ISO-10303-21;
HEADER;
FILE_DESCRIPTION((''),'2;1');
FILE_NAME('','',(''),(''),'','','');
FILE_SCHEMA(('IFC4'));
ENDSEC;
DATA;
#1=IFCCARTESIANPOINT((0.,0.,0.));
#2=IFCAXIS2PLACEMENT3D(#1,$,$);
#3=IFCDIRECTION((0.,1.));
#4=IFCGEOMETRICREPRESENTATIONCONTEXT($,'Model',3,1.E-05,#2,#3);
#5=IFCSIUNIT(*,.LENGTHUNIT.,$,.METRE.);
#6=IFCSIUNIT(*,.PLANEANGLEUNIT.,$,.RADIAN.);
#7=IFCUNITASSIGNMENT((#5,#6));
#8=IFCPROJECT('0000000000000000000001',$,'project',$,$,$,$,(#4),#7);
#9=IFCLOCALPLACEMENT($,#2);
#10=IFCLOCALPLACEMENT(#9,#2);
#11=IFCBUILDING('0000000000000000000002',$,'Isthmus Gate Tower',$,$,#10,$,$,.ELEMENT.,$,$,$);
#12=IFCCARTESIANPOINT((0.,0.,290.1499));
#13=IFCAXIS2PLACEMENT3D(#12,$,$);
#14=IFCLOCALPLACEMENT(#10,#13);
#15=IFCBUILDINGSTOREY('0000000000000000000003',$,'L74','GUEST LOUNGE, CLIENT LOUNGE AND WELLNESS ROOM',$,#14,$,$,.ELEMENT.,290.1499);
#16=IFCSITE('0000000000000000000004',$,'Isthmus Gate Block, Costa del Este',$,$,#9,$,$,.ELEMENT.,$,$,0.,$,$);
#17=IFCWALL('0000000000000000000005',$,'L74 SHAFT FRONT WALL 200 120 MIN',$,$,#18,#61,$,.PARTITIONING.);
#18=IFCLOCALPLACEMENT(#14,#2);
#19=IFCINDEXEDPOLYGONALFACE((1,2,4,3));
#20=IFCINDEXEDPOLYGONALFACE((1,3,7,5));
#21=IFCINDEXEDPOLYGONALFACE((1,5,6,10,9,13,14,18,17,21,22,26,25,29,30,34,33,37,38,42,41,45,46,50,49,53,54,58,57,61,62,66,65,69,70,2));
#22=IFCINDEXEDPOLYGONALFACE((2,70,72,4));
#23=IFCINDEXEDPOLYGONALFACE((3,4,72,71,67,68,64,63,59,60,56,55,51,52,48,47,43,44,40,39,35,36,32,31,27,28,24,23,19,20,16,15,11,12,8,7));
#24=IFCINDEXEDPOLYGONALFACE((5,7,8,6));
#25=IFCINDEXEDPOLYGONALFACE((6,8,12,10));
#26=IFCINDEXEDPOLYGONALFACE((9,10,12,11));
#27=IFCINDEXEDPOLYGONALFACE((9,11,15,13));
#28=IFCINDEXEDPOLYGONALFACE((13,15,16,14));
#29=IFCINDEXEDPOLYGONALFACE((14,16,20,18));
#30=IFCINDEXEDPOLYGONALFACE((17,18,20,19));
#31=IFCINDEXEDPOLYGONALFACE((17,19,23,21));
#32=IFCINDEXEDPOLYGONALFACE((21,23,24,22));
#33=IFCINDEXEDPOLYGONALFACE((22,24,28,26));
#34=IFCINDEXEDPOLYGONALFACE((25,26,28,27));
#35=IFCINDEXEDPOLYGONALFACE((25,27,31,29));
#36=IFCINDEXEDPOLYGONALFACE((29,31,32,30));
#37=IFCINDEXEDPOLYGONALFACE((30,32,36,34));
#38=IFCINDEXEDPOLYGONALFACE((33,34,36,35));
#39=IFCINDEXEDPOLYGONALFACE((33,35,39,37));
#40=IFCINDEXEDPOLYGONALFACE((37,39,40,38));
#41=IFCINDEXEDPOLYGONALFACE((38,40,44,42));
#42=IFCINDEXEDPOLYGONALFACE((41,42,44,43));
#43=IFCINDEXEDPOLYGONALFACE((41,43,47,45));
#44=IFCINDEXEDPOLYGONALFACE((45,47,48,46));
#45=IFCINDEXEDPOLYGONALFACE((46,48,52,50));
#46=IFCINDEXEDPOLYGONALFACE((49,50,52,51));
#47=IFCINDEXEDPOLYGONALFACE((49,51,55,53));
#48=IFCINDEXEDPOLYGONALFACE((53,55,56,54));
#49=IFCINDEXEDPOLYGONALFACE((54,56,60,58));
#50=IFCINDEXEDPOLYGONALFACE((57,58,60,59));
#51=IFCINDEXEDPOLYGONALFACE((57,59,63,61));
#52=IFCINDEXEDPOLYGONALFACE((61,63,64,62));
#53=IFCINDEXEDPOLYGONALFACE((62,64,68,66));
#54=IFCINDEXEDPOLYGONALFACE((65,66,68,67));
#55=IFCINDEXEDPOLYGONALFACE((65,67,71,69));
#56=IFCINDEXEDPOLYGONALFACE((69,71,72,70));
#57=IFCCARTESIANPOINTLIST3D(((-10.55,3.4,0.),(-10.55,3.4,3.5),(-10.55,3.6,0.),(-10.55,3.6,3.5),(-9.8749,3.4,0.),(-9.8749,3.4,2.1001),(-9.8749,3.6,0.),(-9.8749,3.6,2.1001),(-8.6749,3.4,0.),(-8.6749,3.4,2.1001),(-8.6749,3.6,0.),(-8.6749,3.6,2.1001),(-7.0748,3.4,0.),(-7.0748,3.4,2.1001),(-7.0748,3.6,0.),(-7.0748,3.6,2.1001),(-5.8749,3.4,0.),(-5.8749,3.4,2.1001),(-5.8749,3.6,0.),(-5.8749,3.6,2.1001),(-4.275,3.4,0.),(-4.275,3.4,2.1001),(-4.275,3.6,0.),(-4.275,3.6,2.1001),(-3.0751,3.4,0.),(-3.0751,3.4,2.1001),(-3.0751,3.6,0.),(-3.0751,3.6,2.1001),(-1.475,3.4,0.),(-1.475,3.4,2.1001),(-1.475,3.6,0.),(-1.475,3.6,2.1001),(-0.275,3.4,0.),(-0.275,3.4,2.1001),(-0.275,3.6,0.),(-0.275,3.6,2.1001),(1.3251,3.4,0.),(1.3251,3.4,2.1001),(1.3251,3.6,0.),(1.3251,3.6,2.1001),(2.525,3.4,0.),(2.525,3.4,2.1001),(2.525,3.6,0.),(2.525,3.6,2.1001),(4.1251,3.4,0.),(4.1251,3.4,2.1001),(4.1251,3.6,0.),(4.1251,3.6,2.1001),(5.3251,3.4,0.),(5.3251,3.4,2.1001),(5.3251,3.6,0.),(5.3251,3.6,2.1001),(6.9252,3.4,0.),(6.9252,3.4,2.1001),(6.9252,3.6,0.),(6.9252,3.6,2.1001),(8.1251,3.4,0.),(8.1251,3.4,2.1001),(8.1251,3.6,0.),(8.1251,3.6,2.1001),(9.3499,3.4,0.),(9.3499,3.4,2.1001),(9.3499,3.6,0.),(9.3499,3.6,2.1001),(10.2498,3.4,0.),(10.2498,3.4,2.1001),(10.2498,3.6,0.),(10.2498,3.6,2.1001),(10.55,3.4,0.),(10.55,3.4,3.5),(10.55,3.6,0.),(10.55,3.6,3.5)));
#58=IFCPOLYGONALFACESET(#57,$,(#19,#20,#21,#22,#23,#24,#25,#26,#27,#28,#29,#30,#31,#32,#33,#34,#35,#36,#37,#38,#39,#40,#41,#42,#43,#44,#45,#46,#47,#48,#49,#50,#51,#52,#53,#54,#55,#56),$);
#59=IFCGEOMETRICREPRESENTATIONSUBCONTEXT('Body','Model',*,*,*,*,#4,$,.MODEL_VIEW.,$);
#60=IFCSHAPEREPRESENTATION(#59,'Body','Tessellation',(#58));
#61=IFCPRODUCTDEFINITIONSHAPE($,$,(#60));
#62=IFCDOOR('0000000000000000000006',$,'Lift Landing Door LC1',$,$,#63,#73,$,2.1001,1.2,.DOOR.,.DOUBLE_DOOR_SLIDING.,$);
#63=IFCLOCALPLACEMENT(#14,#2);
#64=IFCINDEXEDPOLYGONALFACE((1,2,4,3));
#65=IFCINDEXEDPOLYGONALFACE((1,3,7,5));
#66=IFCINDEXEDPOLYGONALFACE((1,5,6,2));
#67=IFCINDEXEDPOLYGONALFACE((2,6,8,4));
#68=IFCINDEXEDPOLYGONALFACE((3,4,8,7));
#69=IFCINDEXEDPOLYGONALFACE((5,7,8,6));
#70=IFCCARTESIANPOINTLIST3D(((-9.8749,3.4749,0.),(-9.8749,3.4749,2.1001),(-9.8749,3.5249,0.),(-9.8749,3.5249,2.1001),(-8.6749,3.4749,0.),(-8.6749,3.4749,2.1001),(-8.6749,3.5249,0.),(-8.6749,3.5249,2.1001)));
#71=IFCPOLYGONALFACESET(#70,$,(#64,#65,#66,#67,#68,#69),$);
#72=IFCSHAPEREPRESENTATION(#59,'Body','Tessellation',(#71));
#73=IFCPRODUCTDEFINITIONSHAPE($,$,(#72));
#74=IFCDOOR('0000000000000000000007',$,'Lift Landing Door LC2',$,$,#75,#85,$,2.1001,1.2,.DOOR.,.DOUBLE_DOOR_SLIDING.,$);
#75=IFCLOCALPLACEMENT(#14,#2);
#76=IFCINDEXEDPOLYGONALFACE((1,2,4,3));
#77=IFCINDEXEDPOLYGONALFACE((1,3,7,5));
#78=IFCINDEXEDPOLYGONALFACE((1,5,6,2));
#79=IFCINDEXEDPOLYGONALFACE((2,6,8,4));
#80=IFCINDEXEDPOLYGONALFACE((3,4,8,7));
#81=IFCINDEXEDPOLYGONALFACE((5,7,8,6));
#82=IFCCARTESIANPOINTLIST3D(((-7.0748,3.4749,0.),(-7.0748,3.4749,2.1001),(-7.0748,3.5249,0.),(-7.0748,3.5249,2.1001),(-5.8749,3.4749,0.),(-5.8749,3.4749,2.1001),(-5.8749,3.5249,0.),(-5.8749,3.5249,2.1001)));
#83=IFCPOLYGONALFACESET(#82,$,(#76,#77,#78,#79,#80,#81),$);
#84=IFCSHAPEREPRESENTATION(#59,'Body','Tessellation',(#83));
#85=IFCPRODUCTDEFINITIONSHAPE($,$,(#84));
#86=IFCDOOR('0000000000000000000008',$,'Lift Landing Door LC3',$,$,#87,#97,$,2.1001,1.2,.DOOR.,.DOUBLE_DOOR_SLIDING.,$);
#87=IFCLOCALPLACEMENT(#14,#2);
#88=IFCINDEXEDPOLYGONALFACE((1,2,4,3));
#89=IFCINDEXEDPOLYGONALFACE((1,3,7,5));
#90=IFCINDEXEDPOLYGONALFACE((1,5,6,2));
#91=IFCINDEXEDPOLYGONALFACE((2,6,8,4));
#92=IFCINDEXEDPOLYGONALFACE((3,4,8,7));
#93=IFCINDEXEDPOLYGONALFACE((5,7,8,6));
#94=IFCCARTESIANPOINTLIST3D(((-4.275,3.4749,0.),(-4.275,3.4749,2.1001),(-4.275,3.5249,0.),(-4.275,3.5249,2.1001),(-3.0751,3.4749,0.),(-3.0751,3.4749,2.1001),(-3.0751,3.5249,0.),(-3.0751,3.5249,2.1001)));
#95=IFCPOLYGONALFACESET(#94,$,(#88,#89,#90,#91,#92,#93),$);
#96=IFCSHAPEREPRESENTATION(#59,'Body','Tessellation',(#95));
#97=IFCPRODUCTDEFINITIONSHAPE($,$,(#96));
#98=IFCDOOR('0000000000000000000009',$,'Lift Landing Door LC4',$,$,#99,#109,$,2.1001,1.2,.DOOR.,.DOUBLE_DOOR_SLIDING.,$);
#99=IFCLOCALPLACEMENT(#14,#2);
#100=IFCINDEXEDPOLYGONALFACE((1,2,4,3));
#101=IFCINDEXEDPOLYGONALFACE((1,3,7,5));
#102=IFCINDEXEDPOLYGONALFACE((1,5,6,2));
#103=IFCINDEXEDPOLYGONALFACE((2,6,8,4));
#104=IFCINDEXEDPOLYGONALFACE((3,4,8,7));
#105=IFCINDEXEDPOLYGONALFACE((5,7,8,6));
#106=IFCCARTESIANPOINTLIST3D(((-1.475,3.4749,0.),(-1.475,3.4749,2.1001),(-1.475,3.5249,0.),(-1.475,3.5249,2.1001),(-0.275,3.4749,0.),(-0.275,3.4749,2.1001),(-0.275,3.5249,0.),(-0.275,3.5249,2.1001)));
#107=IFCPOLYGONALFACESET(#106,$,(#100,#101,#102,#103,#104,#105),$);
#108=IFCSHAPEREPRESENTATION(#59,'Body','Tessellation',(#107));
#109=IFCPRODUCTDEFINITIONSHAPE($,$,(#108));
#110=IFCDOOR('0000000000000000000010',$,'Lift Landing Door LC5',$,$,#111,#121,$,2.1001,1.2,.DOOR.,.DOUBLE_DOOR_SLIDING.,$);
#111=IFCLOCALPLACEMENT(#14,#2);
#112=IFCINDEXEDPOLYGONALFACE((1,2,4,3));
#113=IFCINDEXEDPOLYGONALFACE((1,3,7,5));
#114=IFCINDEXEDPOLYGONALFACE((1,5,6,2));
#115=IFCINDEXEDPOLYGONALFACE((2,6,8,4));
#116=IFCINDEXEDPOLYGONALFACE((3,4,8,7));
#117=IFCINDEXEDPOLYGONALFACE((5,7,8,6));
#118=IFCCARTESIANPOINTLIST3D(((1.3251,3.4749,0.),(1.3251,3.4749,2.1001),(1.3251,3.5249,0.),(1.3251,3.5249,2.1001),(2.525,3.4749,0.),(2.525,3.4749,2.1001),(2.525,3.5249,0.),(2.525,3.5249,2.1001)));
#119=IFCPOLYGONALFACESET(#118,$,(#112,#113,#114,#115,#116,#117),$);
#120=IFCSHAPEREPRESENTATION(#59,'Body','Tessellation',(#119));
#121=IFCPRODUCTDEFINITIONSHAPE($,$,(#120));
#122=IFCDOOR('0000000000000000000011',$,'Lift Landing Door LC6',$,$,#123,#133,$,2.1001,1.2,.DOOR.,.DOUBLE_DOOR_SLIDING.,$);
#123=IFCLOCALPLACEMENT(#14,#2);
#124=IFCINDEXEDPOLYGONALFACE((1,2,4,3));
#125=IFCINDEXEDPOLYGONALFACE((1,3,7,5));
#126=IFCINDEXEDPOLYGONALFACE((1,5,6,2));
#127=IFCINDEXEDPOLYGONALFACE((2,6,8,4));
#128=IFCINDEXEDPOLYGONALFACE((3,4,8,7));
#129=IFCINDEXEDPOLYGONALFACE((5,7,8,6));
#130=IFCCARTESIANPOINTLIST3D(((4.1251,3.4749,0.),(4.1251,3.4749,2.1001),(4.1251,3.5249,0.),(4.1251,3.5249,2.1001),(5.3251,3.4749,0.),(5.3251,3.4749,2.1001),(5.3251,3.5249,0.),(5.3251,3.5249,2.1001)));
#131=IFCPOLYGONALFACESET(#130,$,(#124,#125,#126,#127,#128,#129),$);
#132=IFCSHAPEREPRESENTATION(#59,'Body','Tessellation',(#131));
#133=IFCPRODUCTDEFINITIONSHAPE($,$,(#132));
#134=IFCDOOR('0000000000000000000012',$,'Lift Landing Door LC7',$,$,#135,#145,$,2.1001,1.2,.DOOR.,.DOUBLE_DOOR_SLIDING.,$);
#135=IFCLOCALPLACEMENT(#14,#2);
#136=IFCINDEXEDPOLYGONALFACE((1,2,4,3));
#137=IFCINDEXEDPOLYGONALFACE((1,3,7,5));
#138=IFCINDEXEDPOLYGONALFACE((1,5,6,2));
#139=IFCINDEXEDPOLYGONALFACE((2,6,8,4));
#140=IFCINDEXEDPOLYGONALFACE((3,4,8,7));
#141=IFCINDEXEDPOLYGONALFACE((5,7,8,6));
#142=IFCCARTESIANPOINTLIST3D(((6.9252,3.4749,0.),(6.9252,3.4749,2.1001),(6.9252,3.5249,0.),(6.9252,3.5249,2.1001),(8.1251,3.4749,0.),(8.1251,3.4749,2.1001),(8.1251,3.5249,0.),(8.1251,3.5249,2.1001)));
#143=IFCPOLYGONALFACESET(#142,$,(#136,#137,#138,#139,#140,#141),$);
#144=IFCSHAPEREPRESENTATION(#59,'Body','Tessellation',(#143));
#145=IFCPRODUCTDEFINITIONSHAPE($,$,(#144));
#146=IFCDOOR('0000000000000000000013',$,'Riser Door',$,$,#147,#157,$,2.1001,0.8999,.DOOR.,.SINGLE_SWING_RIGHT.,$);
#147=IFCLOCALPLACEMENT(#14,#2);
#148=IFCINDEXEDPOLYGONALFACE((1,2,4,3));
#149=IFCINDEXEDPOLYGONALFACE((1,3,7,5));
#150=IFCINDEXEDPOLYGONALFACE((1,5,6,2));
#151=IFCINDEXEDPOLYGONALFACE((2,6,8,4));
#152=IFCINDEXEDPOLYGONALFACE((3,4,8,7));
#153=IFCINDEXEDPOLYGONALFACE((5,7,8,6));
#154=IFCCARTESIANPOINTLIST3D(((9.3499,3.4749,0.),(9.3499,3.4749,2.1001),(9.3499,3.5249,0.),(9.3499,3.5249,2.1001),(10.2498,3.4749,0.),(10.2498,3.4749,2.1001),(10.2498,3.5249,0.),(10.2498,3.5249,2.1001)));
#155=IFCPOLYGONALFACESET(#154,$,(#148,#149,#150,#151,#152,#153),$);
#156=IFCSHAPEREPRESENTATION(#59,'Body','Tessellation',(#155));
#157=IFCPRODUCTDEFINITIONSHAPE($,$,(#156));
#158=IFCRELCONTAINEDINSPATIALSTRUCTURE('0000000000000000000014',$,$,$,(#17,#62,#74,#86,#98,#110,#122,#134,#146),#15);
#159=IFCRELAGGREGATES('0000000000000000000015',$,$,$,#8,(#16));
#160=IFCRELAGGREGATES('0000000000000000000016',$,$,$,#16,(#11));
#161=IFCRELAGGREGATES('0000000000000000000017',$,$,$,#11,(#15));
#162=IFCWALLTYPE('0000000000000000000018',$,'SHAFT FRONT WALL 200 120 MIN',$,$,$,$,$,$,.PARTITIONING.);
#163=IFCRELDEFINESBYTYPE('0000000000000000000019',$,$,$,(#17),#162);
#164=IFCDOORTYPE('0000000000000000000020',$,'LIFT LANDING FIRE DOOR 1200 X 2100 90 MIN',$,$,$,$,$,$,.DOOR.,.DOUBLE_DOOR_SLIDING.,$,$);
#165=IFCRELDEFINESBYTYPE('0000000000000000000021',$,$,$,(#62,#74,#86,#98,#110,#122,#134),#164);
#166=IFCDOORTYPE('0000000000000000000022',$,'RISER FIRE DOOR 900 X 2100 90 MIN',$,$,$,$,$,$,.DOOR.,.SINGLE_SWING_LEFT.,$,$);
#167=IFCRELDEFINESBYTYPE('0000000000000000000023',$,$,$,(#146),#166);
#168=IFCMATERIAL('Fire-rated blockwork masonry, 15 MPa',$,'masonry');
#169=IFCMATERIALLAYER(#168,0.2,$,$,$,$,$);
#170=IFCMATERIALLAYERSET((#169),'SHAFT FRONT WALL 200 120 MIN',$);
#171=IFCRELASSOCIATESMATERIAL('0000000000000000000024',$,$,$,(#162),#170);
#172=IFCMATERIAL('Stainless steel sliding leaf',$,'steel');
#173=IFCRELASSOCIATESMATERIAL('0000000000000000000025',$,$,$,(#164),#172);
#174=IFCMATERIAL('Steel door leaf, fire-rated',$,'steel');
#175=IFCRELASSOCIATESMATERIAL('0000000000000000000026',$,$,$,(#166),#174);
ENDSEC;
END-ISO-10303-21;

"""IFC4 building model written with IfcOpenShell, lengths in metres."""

from ifc_helpers import new_model, si_unit, direction, frame, frame_2d, origin, place, context, subcontext, project, spatial, rectangle, extrude, material, layer, layer_set, type_object, element, fill, save


model = new_model("IFC4")

# Units and contexts
model_context = context("Model", 3, precision=1e-05, world=origin(), true_north=direction((0.0, 1.0)))
body_context = subcontext(model_context, "Body", "Model", "MODEL_VIEW")
ifc_project = project(units=[si_unit("LENGTHUNIT", "METRE"), si_unit("PLANEANGLEUNIT", "RADIAN")], contexts=[model_context])

# Site, building, storey
site_placement = place(None, origin())
site = spatial("IfcSite", under=ifc_project, at=site_placement, Name="Isthmus Gate Block, Costa del Este", CompositionType="ELEMENT", RefElevation=0.0)
building_placement = place(site_placement, origin())
building = spatial("IfcBuilding", under=site, at=building_placement, Name="Isthmus Gate Tower", CompositionType="ELEMENT")
storey_placement = place(building_placement, frame((0.0, 0.0, 290.1499)))
storey = spatial("IfcBuildingStorey", under=building, at=storey_placement, Name="L74", Description="GUEST LOUNGE, CLIENT LOUNGE AND WELLNESS ROOM", CompositionType="ELEMENT", Elevation=290.1499)

# Wall, openings, doors
ifc_material_1 = material(Name="Fire-rated blockwork masonry, 15 MPa", Category="masonry")
ifc_layer_1 = layer(ifc_material_1, 0.2)
ifc_layer_set_1 = layer_set([ifc_layer_1], Name="SHAFT FRONT WALL 200 120 MIN")
wall_type_1 = type_object("IfcWallType", Name="SHAFT FRONT WALL 200 120 MIN", PredefinedType="PARTITIONING", material=ifc_layer_set_1)
wall_1_placement = place(storey_placement, frame((-10.55, 3.5, 0.0), z_axis=(0.0, 0.0, 1.0), x_axis=(1.0, 0.0, 0.0)))
wall_1 = element("IfcWall", 1, at=wall_1_placement, inside=storey, type_object=wall_type_1, Name="L74 SHAFT FRONT WALL 200 120 MIN", PredefinedType="PARTITIONING", context=body_context, shape_type="SweptSolid", body=[
    extrude(rectangle(XDim=21.1001, YDim=0.2, at=frame_2d((10.55, 0.0))), origin(), (0.0, 0.0, 1.0), 3.5),
])
opening_1_placement = place(wall_1_placement, frame((0.675, 0.0, 0.0)))
opening_1 = element("IfcOpeningElement", 2, at=opening_1_placement, cuts=wall_1, PredefinedType="OPENING", context=body_context, shape_type="SweptSolid", body=[
    extrude(rectangle(XDim=1.2, YDim=2.1001, at=frame_2d((0.6001, 1.05))), frame((0.0, 0.1099, 0.0), z_axis=(0.0, -1.0, 0.0), x_axis=(1.0, 0.0, 0.0)), (0.0, 0.0, 1.0), 0.22),
])
opening_2_placement = place(wall_1_placement, frame((3.4751, 0.0, 0.0)))
opening_2 = element("IfcOpeningElement", 3, at=opening_2_placement, cuts=wall_1, PredefinedType="OPENING", context=body_context, shape_type="SweptSolid", body=[
    extrude(rectangle(XDim=1.2, YDim=2.1001, at=frame_2d((0.6001, 1.05))), frame((0.0, 0.1099, 0.0), z_axis=(0.0, -1.0, 0.0), x_axis=(1.0, 0.0, 0.0)), (0.0, 0.0, 1.0), 0.22),
])
opening_3_placement = place(wall_1_placement, frame((6.2749, 0.0, 0.0)))
opening_3 = element("IfcOpeningElement", 4, at=opening_3_placement, cuts=wall_1, PredefinedType="OPENING", context=body_context, shape_type="SweptSolid", body=[
    extrude(rectangle(XDim=1.2, YDim=2.1001, at=frame_2d((0.6001, 1.05))), frame((0.0, 0.1099, 0.0), z_axis=(0.0, -1.0, 0.0), x_axis=(1.0, 0.0, 0.0)), (0.0, 0.0, 1.0), 0.22),
])
opening_4_placement = place(wall_1_placement, frame((9.075, 0.0, 0.0)))
opening_4 = element("IfcOpeningElement", 5, at=opening_4_placement, cuts=wall_1, PredefinedType="OPENING", context=body_context, shape_type="SweptSolid", body=[
    extrude(rectangle(XDim=1.2, YDim=2.1001, at=frame_2d((0.6001, 1.05))), frame((0.0, 0.1099, 0.0), z_axis=(0.0, -1.0, 0.0), x_axis=(1.0, 0.0, 0.0)), (0.0, 0.0, 1.0), 0.22),
])
opening_5_placement = place(wall_1_placement, frame((11.875, 0.0, 0.0)))
opening_5 = element("IfcOpeningElement", 6, at=opening_5_placement, cuts=wall_1, PredefinedType="OPENING", context=body_context, shape_type="SweptSolid", body=[
    extrude(rectangle(XDim=1.2, YDim=2.1001, at=frame_2d((0.6001, 1.05))), frame((0.0, 0.1099, 0.0), z_axis=(0.0, -1.0, 0.0), x_axis=(1.0, 0.0, 0.0)), (0.0, 0.0, 1.0), 0.22),
])
opening_6_placement = place(wall_1_placement, frame((14.675, 0.0, 0.0)))
opening_6 = element("IfcOpeningElement", 7, at=opening_6_placement, cuts=wall_1, PredefinedType="OPENING", context=body_context, shape_type="SweptSolid", body=[
    extrude(rectangle(XDim=1.2, YDim=2.1001, at=frame_2d((0.6001, 1.05))), frame((0.0, 0.1099, 0.0), z_axis=(0.0, -1.0, 0.0), x_axis=(1.0, 0.0, 0.0)), (0.0, 0.0, 1.0), 0.22),
])
opening_7_placement = place(wall_1_placement, frame((17.4751, 0.0, 0.0)))
opening_7 = element("IfcOpeningElement", 8, at=opening_7_placement, cuts=wall_1, PredefinedType="OPENING", context=body_context, shape_type="SweptSolid", body=[
    extrude(rectangle(XDim=1.2, YDim=2.1001, at=frame_2d((0.6001, 1.05))), frame((0.0, 0.1099, 0.0), z_axis=(0.0, -1.0, 0.0), x_axis=(1.0, 0.0, 0.0)), (0.0, 0.0, 1.0), 0.22),
])
opening_8_placement = place(wall_1_placement, frame((19.8999, 0.0, 0.0)))
opening_8 = element("IfcOpeningElement", 9, at=opening_8_placement, cuts=wall_1, PredefinedType="OPENING", context=body_context, shape_type="SweptSolid", body=[
    extrude(rectangle(XDim=0.8999, YDim=2.1001, at=frame_2d((0.45, 1.05))), frame((0.0, 0.1099, 0.0), z_axis=(0.0, -1.0, 0.0), x_axis=(1.0, 0.0, 0.0)), (0.0, 0.0, 1.0), 0.22),
])
ifc_material_2 = material(Name="Stainless steel sliding leaf", Category="steel")
door_type_1 = type_object("IfcDoorType", Name="LIFT LANDING FIRE DOOR 1200 X 2100 90 MIN", OperationType="DOUBLE_DOOR_SLIDING", PredefinedType="DOOR", material=ifc_material_2)
door_1_placement = place(opening_1_placement, origin())
door_1 = element("IfcDoor", 10, at=door_1_placement, inside=storey, type_object=door_type_1, Name="Lift Landing Door LC1", OperationType="DOUBLE_DOOR_SLIDING", OverallHeight=2.1001, OverallWidth=1.2, PredefinedType="DOOR", context=body_context, shape_type="SweptSolid", body=[
    extrude(rectangle(XDim=1.2, YDim=2.1001, at=frame_2d((0.6001, 1.05))), frame((0.0, 0.0249, 0.0), z_axis=(0.0, -1.0, 0.0), x_axis=(1.0, 0.0, 0.0)), (0.0, 0.0, 1.0), 0.05),
])
fill(opening_1, door_1)
door_2_placement = place(opening_2_placement, origin())
door_2 = element("IfcDoor", 11, at=door_2_placement, inside=storey, type_object=door_type_1, Name="Lift Landing Door LC2", OperationType="DOUBLE_DOOR_SLIDING", OverallHeight=2.1001, OverallWidth=1.2, PredefinedType="DOOR", context=body_context, shape_type="SweptSolid", body=[
    extrude(rectangle(XDim=1.2, YDim=2.1001, at=frame_2d((0.6001, 1.05))), frame((0.0, 0.0249, 0.0), z_axis=(0.0, -1.0, 0.0), x_axis=(1.0, 0.0, 0.0)), (0.0, 0.0, 1.0), 0.05),
])
fill(opening_2, door_2)
door_3_placement = place(opening_3_placement, origin())
door_3 = element("IfcDoor", 12, at=door_3_placement, inside=storey, type_object=door_type_1, Name="Lift Landing Door LC3", OperationType="DOUBLE_DOOR_SLIDING", OverallHeight=2.1001, OverallWidth=1.2, PredefinedType="DOOR", context=body_context, shape_type="SweptSolid", body=[
    extrude(rectangle(XDim=1.2, YDim=2.1001, at=frame_2d((0.6001, 1.05))), frame((0.0, 0.0249, 0.0), z_axis=(0.0, -1.0, 0.0), x_axis=(1.0, 0.0, 0.0)), (0.0, 0.0, 1.0), 0.05),
])
fill(opening_3, door_3)
door_4_placement = place(opening_4_placement, origin())
door_4 = element("IfcDoor", 13, at=door_4_placement, inside=storey, type_object=door_type_1, Name="Lift Landing Door LC4", OperationType="DOUBLE_DOOR_SLIDING", OverallHeight=2.1001, OverallWidth=1.2, PredefinedType="DOOR", context=body_context, shape_type="SweptSolid", body=[
    extrude(rectangle(XDim=1.2, YDim=2.1001, at=frame_2d((0.6001, 1.05))), frame((0.0, 0.0249, 0.0), z_axis=(0.0, -1.0, 0.0), x_axis=(1.0, 0.0, 0.0)), (0.0, 0.0, 1.0), 0.05),
])
fill(opening_4, door_4)
door_5_placement = place(opening_5_placement, origin())
door_5 = element("IfcDoor", 14, at=door_5_placement, inside=storey, type_object=door_type_1, Name="Lift Landing Door LC5", OperationType="DOUBLE_DOOR_SLIDING", OverallHeight=2.1001, OverallWidth=1.2, PredefinedType="DOOR", context=body_context, shape_type="SweptSolid", body=[
    extrude(rectangle(XDim=1.2, YDim=2.1001, at=frame_2d((0.6001, 1.05))), frame((0.0, 0.0249, 0.0), z_axis=(0.0, -1.0, 0.0), x_axis=(1.0, 0.0, 0.0)), (0.0, 0.0, 1.0), 0.05),
])
fill(opening_5, door_5)
door_6_placement = place(opening_6_placement, origin())
door_6 = element("IfcDoor", 15, at=door_6_placement, inside=storey, type_object=door_type_1, Name="Lift Landing Door LC6", OperationType="DOUBLE_DOOR_SLIDING", OverallHeight=2.1001, OverallWidth=1.2, PredefinedType="DOOR", context=body_context, shape_type="SweptSolid", body=[
    extrude(rectangle(XDim=1.2, YDim=2.1001, at=frame_2d((0.6001, 1.05))), frame((0.0, 0.0249, 0.0), z_axis=(0.0, -1.0, 0.0), x_axis=(1.0, 0.0, 0.0)), (0.0, 0.0, 1.0), 0.05),
])
fill(opening_6, door_6)
door_7_placement = place(opening_7_placement, origin())
door_7 = element("IfcDoor", 16, at=door_7_placement, inside=storey, type_object=door_type_1, Name="Lift Landing Door LC7", OperationType="DOUBLE_DOOR_SLIDING", OverallHeight=2.1001, OverallWidth=1.2, PredefinedType="DOOR", context=body_context, shape_type="SweptSolid", body=[
    extrude(rectangle(XDim=1.2, YDim=2.1001, at=frame_2d((0.6001, 1.05))), frame((0.0, 0.0249, 0.0), z_axis=(0.0, -1.0, 0.0), x_axis=(1.0, 0.0, 0.0)), (0.0, 0.0, 1.0), 0.05),
])
fill(opening_7, door_7)
ifc_material_3 = material(Name="Steel door leaf, fire-rated", Category="steel")
door_type_2 = type_object("IfcDoorType", Name="RISER FIRE DOOR 900 X 2100 90 MIN", OperationType="SINGLE_SWING_LEFT", PredefinedType="DOOR", material=ifc_material_3)
door_8_placement = place(opening_8_placement, origin())
door_8 = element("IfcDoor", 17, at=door_8_placement, inside=storey, type_object=door_type_2, Name="Riser Door", OperationType="SINGLE_SWING_RIGHT", OverallHeight=2.1001, OverallWidth=0.8999, PredefinedType="DOOR", context=body_context, shape_type="SweptSolid", body=[
    extrude(rectangle(XDim=0.8999, YDim=2.1001, at=frame_2d((0.45, 1.05))), frame((0.0, 0.0249, 0.0), z_axis=(0.0, -1.0, 0.0), x_axis=(1.0, 0.0, 0.0)), (0.0, 0.0, 1.0), 0.05),
])
fill(opening_8, door_8)

save(model, "model.ifc")
